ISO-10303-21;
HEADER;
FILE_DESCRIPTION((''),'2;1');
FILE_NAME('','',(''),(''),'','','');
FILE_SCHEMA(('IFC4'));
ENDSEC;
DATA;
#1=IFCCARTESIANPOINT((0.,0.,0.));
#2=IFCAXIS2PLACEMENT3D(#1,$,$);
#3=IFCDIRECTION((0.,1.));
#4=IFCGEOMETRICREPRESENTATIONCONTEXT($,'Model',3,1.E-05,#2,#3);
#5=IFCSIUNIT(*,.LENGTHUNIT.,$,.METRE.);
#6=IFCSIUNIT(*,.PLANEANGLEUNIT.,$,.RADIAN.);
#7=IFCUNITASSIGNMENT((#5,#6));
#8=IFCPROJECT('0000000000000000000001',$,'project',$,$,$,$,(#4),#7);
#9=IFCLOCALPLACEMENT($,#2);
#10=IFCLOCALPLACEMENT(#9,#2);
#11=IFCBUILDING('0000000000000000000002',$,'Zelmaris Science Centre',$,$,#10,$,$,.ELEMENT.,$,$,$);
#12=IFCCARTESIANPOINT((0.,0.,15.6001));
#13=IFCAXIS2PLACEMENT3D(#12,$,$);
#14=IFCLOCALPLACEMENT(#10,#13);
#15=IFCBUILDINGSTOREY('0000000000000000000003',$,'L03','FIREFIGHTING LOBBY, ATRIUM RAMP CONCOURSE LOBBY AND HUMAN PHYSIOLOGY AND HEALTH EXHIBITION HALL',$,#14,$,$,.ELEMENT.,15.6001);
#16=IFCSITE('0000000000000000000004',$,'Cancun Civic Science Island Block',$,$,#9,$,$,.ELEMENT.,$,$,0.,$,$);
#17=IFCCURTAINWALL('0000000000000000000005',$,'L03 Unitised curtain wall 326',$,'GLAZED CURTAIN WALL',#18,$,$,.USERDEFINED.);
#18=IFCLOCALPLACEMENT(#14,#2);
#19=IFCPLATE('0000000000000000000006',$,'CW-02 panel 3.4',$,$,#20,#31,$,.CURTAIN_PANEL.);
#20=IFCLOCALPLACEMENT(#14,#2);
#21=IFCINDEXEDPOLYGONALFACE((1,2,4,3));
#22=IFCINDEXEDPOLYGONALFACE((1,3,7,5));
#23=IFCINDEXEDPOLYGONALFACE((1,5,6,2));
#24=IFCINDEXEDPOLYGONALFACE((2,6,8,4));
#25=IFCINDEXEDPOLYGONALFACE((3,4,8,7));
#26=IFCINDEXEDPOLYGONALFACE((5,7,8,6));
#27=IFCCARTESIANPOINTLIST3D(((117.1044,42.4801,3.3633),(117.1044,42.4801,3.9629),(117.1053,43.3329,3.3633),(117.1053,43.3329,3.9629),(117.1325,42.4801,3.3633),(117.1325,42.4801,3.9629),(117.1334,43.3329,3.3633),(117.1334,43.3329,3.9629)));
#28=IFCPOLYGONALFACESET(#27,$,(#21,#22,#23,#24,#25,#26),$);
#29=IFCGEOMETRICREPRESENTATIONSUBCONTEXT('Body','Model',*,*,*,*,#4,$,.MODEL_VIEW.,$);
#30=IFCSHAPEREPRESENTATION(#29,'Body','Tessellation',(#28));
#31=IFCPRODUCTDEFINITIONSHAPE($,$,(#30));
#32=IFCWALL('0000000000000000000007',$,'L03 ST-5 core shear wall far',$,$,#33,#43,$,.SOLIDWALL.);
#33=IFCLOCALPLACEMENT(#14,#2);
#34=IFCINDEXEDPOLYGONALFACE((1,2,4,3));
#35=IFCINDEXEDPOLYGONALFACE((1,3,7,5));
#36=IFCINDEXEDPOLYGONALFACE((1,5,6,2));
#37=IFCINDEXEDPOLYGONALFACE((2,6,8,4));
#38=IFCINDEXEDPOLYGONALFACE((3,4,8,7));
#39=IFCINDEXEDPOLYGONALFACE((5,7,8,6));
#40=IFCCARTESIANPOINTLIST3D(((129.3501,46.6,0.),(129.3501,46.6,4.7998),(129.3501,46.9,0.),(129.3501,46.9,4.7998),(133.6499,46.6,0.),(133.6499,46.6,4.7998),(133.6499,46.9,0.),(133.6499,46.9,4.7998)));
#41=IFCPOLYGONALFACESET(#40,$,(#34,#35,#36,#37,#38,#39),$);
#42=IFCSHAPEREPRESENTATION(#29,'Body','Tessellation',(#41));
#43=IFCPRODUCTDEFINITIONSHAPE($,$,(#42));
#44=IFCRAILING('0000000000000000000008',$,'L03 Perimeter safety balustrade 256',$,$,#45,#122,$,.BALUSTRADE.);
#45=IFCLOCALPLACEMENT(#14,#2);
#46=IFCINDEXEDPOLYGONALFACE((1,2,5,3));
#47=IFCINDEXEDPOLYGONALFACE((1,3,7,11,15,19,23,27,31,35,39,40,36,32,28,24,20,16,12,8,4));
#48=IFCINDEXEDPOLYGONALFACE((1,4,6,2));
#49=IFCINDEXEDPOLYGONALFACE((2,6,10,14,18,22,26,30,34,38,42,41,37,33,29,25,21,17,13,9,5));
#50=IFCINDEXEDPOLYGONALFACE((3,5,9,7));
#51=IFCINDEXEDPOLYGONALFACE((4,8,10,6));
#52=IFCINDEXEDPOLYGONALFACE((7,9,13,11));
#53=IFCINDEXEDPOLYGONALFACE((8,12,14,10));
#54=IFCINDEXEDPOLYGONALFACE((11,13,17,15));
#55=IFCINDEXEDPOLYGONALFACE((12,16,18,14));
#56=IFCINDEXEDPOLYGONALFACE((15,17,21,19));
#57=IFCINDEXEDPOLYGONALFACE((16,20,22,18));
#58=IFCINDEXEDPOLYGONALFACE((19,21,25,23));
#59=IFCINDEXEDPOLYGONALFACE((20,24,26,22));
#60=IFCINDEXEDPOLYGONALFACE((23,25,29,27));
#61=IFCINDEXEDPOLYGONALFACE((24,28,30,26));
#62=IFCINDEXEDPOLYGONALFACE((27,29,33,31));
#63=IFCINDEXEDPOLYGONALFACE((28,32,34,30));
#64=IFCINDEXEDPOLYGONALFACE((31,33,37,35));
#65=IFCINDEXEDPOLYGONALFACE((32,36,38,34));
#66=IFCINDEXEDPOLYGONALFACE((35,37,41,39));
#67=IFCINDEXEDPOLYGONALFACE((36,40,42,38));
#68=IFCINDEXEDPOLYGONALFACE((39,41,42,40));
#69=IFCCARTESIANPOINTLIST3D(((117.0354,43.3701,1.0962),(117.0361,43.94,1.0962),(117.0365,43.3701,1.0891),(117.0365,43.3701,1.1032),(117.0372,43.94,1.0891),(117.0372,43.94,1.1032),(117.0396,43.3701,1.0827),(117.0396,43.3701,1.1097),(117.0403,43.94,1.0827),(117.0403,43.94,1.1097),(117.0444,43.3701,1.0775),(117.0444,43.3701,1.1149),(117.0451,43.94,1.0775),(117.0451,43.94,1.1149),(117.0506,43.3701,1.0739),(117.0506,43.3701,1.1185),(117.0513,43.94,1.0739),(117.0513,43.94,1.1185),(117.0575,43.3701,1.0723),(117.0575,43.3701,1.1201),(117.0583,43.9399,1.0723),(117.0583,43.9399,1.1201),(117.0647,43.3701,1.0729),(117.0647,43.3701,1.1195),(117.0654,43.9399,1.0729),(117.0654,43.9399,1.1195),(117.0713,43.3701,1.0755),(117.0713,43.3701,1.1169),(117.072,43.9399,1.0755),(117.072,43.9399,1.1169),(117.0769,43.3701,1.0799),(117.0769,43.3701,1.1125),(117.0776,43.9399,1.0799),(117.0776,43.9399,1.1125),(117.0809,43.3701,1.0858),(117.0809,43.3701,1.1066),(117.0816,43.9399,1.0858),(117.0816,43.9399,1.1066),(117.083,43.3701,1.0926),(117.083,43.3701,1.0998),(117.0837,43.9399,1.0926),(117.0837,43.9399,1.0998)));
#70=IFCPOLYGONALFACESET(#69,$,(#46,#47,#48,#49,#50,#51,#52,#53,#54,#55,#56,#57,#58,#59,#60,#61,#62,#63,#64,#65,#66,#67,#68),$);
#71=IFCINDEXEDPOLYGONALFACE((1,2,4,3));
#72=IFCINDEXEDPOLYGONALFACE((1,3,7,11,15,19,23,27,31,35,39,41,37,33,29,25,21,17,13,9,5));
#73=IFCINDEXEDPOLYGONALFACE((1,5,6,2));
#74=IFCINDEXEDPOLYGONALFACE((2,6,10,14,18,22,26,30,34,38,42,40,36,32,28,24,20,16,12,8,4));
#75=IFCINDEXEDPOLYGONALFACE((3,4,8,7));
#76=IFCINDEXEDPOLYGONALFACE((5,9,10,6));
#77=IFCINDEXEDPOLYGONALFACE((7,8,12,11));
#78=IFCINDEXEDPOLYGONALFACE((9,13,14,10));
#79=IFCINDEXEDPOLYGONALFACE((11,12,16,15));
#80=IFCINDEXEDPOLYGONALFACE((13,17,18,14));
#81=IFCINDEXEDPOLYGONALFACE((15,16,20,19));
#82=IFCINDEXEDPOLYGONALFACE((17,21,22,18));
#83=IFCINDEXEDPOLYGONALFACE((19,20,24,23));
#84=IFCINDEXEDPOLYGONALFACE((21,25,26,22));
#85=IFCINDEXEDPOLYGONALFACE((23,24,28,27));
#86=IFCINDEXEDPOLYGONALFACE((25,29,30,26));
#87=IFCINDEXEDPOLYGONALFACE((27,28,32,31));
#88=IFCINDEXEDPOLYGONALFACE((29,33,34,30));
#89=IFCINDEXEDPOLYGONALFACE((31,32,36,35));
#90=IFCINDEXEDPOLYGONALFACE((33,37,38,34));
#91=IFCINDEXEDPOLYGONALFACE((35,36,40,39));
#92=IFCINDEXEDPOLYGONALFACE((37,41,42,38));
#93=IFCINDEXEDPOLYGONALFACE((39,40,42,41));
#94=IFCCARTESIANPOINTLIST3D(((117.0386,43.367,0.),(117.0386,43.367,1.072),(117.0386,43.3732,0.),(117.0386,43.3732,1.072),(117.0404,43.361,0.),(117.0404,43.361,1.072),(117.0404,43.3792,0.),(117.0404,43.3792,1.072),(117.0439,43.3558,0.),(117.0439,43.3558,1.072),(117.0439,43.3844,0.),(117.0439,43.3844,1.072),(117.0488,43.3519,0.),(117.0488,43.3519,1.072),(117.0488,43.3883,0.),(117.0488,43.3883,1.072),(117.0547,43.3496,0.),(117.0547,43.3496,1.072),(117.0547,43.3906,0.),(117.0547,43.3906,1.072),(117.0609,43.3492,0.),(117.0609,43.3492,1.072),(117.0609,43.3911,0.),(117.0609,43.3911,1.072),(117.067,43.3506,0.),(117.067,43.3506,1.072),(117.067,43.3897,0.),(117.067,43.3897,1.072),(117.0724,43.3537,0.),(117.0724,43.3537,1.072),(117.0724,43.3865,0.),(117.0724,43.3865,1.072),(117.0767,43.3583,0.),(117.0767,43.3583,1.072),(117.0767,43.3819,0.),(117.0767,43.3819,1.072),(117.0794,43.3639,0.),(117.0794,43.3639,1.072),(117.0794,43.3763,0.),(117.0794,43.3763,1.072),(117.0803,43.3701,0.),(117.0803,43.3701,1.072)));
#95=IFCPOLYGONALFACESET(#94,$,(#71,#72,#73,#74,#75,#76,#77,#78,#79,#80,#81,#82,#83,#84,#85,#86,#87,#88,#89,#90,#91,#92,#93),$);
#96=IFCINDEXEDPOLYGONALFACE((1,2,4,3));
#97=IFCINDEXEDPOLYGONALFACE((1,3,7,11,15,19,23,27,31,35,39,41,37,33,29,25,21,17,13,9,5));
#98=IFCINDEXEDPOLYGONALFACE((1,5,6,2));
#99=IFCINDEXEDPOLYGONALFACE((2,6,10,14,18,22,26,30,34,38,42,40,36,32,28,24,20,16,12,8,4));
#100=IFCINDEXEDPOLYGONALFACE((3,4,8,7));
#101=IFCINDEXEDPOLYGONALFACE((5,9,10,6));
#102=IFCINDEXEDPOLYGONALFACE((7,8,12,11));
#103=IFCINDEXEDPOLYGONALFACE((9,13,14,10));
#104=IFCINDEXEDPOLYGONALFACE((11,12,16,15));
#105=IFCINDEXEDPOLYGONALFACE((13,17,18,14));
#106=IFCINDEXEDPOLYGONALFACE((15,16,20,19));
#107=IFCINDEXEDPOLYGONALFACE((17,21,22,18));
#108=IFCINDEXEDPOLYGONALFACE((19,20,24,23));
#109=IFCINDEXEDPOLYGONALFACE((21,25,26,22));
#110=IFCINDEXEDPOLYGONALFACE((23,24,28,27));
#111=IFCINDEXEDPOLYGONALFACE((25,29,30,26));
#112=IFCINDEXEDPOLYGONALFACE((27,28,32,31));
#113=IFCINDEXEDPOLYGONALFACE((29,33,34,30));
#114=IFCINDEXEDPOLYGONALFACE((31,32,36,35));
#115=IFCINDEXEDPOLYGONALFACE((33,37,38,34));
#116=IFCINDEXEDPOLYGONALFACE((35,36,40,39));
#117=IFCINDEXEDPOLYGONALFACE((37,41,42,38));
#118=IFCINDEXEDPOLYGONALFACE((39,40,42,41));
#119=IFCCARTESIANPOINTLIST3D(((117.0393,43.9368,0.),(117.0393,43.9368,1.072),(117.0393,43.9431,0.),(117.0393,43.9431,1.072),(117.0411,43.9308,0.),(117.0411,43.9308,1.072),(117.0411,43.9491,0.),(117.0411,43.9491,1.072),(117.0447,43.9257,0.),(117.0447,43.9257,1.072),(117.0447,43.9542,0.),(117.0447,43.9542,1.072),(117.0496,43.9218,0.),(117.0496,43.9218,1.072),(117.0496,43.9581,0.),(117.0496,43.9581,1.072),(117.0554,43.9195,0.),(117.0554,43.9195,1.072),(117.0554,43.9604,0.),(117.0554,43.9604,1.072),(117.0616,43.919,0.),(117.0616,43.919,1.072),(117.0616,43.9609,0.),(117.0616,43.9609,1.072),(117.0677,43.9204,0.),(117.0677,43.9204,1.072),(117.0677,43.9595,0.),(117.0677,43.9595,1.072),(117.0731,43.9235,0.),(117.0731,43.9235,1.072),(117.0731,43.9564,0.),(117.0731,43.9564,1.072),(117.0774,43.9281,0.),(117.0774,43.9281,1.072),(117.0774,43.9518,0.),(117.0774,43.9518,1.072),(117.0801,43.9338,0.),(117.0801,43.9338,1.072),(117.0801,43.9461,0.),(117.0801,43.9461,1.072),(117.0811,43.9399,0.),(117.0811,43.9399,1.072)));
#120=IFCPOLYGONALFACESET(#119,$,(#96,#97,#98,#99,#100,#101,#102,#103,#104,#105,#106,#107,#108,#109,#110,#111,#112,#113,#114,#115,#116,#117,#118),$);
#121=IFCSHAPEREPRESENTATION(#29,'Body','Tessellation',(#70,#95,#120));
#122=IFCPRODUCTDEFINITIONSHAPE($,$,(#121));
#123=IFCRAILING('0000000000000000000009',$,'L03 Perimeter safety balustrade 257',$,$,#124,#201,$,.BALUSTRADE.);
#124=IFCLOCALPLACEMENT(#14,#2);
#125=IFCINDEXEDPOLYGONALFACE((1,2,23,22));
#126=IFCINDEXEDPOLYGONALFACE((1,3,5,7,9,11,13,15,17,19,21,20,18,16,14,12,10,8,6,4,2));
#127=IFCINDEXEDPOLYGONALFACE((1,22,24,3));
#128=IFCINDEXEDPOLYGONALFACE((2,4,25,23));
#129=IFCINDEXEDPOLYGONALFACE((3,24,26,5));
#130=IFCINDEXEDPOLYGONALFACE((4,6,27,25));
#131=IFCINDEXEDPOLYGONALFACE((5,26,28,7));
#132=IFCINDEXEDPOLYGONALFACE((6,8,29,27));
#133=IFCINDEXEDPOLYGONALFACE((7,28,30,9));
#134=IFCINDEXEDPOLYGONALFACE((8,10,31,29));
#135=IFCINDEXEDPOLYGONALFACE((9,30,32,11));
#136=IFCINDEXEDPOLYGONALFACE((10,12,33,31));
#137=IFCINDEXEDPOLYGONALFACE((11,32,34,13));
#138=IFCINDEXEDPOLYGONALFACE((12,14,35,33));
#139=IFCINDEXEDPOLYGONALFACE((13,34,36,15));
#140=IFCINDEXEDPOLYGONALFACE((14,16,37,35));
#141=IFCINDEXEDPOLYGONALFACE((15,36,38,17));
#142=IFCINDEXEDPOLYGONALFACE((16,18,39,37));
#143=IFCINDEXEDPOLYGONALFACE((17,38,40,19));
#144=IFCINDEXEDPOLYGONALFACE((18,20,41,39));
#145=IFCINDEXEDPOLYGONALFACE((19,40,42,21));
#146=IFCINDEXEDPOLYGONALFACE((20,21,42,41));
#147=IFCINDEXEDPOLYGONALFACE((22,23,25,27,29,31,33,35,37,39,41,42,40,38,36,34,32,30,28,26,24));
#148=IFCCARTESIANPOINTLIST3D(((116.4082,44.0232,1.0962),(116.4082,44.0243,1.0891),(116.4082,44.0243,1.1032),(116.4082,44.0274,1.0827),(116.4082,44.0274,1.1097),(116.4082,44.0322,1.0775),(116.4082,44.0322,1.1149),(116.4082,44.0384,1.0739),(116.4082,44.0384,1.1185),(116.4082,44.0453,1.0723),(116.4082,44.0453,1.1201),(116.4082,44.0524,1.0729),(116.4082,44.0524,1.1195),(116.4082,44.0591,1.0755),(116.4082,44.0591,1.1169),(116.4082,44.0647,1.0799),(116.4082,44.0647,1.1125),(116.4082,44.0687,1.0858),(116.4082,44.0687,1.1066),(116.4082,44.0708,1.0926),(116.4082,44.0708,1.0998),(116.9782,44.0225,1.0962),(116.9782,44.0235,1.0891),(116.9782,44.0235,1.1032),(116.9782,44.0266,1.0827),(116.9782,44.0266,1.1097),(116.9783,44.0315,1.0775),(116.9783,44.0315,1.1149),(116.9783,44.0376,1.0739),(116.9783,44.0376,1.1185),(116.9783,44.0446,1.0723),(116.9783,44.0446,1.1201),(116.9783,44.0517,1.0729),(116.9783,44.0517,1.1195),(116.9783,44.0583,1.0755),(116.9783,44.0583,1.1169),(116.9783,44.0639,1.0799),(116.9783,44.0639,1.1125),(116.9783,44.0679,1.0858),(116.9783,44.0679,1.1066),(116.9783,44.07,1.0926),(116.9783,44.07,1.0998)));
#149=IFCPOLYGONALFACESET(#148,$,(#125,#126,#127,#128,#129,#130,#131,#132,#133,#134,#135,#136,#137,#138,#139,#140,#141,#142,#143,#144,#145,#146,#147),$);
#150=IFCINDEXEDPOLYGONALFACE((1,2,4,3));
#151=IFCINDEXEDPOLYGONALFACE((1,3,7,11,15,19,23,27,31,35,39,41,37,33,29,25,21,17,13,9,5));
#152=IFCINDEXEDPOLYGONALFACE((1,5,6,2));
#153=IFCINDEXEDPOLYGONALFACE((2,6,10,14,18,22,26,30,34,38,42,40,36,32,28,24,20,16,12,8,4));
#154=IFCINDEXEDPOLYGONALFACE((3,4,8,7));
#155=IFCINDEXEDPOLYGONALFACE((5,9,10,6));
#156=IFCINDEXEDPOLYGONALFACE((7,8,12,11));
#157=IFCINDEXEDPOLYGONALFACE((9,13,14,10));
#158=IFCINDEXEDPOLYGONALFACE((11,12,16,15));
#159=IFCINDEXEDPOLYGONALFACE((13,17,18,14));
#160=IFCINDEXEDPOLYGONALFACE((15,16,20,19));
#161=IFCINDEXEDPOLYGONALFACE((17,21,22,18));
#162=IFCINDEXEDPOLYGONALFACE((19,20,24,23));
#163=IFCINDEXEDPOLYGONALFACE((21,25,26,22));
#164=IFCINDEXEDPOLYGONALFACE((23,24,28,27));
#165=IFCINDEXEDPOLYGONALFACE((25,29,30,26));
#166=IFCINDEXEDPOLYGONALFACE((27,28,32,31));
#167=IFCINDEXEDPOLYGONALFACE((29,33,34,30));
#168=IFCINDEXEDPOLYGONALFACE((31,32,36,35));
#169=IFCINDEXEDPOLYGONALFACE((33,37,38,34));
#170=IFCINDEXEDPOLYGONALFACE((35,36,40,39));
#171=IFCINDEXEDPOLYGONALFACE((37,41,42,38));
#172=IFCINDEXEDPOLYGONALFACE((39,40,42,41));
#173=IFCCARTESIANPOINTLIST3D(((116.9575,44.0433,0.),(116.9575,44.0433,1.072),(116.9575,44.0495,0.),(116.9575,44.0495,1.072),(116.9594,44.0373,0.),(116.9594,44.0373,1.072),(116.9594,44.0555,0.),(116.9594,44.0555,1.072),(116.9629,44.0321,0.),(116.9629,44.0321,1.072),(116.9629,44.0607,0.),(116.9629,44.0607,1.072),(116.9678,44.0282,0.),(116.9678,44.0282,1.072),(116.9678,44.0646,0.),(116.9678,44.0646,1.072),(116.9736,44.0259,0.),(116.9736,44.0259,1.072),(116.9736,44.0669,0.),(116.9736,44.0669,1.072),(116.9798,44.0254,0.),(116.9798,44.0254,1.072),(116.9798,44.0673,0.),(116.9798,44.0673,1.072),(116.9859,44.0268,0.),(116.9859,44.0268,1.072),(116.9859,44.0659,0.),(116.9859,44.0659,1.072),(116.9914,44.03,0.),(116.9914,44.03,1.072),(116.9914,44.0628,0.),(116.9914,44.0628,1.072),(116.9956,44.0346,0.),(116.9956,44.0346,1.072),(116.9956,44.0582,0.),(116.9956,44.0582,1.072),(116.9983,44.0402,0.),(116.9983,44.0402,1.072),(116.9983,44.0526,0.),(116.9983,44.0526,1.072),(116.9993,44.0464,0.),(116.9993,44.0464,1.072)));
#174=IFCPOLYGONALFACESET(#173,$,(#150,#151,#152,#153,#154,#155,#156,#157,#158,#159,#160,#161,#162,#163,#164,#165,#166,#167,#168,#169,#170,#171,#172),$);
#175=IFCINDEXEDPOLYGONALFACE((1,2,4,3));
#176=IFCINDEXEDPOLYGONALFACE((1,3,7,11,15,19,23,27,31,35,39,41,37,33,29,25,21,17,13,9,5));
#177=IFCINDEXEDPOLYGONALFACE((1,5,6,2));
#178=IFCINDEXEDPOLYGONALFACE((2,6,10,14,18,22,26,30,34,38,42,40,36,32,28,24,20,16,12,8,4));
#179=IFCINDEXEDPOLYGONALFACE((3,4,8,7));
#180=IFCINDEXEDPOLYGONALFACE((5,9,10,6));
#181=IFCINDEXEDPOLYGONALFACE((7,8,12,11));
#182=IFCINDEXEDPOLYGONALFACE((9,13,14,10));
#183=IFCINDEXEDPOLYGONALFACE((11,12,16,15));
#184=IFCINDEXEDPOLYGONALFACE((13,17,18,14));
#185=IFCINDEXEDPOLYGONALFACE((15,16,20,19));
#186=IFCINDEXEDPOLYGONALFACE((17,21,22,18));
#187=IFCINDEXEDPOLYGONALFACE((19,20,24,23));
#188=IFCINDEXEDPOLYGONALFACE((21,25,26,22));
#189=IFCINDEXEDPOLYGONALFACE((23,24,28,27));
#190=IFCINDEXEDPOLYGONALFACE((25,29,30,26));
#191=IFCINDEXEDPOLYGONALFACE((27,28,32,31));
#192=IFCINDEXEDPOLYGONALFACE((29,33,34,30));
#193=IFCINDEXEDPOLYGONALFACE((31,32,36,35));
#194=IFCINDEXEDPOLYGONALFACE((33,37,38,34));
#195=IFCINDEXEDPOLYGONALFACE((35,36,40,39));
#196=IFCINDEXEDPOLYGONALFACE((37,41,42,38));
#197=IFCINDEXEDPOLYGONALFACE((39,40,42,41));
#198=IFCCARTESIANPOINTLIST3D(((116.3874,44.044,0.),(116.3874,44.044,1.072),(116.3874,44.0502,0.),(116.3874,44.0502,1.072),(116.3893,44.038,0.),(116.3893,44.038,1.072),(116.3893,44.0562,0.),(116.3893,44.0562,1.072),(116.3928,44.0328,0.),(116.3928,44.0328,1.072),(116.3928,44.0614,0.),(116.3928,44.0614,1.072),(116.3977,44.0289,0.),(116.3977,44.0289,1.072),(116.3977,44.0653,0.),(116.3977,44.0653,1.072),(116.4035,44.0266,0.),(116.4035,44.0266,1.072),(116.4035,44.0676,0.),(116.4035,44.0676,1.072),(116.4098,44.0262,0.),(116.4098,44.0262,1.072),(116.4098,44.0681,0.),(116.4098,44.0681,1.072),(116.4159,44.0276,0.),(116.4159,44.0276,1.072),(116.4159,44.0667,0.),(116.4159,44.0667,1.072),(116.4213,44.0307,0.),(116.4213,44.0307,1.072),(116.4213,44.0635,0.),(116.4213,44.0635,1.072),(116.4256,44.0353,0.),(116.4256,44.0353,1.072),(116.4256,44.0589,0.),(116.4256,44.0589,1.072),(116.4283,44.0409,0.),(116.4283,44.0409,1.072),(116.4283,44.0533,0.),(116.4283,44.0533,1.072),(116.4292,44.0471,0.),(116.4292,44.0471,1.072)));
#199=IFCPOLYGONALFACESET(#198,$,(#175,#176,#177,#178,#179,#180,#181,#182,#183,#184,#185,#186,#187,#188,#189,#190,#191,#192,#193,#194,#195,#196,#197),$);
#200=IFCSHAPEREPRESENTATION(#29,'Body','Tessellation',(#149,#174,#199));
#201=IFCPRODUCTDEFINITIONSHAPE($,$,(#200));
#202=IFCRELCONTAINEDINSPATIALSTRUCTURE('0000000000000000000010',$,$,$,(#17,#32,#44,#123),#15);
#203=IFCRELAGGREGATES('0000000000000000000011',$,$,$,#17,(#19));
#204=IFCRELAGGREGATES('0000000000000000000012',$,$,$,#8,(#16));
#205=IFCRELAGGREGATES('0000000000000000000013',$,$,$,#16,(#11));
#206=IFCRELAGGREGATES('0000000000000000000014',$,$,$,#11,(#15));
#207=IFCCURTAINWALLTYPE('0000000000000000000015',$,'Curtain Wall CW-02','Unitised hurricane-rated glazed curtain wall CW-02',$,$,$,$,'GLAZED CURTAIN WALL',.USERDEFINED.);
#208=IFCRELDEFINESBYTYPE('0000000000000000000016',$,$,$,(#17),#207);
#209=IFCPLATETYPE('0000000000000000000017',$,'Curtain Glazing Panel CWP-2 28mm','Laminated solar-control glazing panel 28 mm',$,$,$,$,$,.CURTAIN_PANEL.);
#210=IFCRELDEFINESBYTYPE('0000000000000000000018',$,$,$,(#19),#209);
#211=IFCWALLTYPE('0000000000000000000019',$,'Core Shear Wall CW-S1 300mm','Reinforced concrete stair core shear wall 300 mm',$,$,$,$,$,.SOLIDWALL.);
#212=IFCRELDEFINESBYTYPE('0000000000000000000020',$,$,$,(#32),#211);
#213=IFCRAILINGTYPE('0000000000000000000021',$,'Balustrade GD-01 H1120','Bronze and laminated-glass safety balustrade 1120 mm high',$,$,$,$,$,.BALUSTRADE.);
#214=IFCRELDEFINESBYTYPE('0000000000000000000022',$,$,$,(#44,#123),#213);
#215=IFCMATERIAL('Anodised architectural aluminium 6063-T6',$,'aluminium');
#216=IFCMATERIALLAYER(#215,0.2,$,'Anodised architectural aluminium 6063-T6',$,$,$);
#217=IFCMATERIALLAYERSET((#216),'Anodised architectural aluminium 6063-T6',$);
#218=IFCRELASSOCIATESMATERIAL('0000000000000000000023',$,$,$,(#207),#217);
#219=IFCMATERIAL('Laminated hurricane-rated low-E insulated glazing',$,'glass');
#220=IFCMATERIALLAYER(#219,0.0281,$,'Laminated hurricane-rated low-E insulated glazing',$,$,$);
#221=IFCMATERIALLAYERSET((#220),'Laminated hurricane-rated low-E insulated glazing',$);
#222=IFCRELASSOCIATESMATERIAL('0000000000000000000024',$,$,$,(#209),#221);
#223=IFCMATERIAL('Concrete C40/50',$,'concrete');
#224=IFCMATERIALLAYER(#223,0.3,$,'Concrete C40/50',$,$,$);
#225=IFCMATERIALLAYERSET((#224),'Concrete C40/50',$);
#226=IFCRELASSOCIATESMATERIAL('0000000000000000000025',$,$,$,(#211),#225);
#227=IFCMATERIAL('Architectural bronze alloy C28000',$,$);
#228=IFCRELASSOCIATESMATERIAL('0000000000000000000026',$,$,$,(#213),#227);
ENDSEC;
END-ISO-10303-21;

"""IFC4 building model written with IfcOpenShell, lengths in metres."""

from ifc_helpers import new_model, si_unit, direction, frame, frame_2d, origin, origin_2d, place, context, subcontext, project, spatial, rectangle, circle, extrude, material, layer, layer_set, type_object, element, aggregate, save


model = new_model("IFC4")

# Units and contexts
model_context = context("Model", 3, precision=1e-05, world=origin(), true_north=direction((0.0, 1.0)))
body_context = subcontext(model_context, "Body", "Model", "MODEL_VIEW")
ifc_project = project(units=[si_unit("LENGTHUNIT", "METRE"), si_unit("PLANEANGLEUNIT", "RADIAN")], contexts=[model_context])

# Site, building, storey
site_placement = place(None, origin())
site = spatial("IfcSite", under=ifc_project, at=site_placement, Name="Cancun Civic Science Island Block", CompositionType="ELEMENT", RefElevation=0.0)
building_placement = place(site_placement, origin())
building = spatial("IfcBuilding", under=site, at=building_placement, Name="Zelmaris Science Centre", CompositionType="ELEMENT")
storey_placement = place(building_placement, frame((0.0, 0.0, 15.6001)))
storey = spatial("IfcBuildingStorey", under=building, at=storey_placement, Name="L03", Description="FIREFIGHTING LOBBY, ATRIUM RAMP CONCOURSE LOBBY AND HUMAN PHYSIOLOGY AND HEALTH EXHIBITION HALL", CompositionType="ELEMENT", Elevation=15.6001)

# Shared definitions
ifc_material_1 = material(Name="Anodised architectural aluminium 6063-T6", Category="aluminium")

# Shared definitions
ifc_layer_1 = layer(ifc_material_1, 0.2, Name="Anodised architectural aluminium 6063-T6")
ifc_layer_set_1 = layer_set([ifc_layer_1], Name="Anodised architectural aluminium 6063-T6")
curtain_wall_type_1 = type_object("IfcCurtainWallType", Name="Curtain Wall CW-02", Description="Unitised hurricane-rated glazed curtain wall CW-02", ElementType="GLAZED CURTAIN WALL", PredefinedType="USERDEFINED", material=ifc_layer_set_1)

# Curtain wall
curtain_wall_1_placement = place(storey_placement, origin())
curtain_wall_1 = element("IfcCurtainWall", 1, at=curtain_wall_1_placement, inside=storey, type_object=curtain_wall_type_1, Name="L03 Unitised curtain wall 326", ObjectType="GLAZED CURTAIN WALL", PredefinedType="USERDEFINED")

# Plate
ifc_material_2 = material(Name="Laminated hurricane-rated low-E insulated glazing", Category="glass")
ifc_layer_2 = layer(ifc_material_2, 0.0281, Name="Laminated hurricane-rated low-E insulated glazing")
ifc_layer_set_2 = layer_set([ifc_layer_2], Name="Laminated hurricane-rated low-E insulated glazing")
plate_type = type_object("IfcPlateType", Name="Curtain Glazing Panel CWP-2 28mm", Description="Laminated solar-control glazing panel 28 mm", PredefinedType="CURTAIN_PANEL", material=ifc_layer_set_2)
plate_1_placement = place(storey_placement, frame((117.1189, 42.9065, 3.3633), z_axis=(0.0, 0.0, 1.0), x_axis=(0.001014, 0.999999, 0.0)))
plate_1 = element("IfcPlate", 2, at=plate_1_placement, type_object=plate_type, Name="CW-02 panel 3.4", PredefinedType="CURTAIN_PANEL", context=body_context, shape_type="SweptSolid", body=[
    extrude(rectangle(XDim=0.8528, YDim=0.0281, at=origin_2d()), origin(), (0.0, 0.0, 1.0), 0.5996),
])
aggregate(curtain_wall_1, [plate_1])

# Wall
ifc_material_3 = material(Name="Concrete C40/50", Category="concrete")
ifc_layer_3 = layer(ifc_material_3, 0.3, Name="Concrete C40/50")
ifc_layer_set_3 = layer_set([ifc_layer_3], Name="Concrete C40/50")
wall_type = type_object("IfcWallType", Name="Core Shear Wall CW-S1 300mm", Description="Reinforced concrete stair core shear wall 300 mm", PredefinedType="SOLIDWALL", material=ifc_layer_set_3)
wall_placement = place(storey_placement, frame((133.6499, 46.75, 0.0), z_axis=(0.0, 0.0, 1.0), x_axis=(-1.0, 0.0, 0.0)))
element("IfcWall", 3, at=wall_placement, inside=storey, type_object=wall_type, Name="L03 ST-5 core shear wall far", PredefinedType="SOLIDWALL", context=body_context, shape_type="SweptSolid", body=[
    extrude(rectangle(XDim=4.2998, YDim=0.3, at=frame_2d((2.1499, 0.0))), origin(), (0.0, 0.0, 1.0), 4.7998),
])

# Railings
ifc_material_4 = material(Name="Architectural bronze alloy C28000")
railing_type = type_object("IfcRailingType", Name="Balustrade GD-01 H1120", Description="Bronze and laminated-glass safety balustrade 1120 mm high", PredefinedType="BALUSTRADE", material=ifc_material_4)
railing_1_placement = place(storey_placement, frame((117.0593, 43.3701, 0.0)))
element("IfcRailing", 4, at=railing_1_placement, inside=storey, type_object=railing_type, Name="L03 Perimeter safety balustrade 256", PredefinedType="BALUSTRADE", context=body_context, shape_type="SweptSolid", body=[
    extrude(circle(Radius=0.0239, at=origin_2d()), frame((0.0, 0.0, 1.0962), z_axis=(0.001285, 0.999999, 0.0), x_axis=(-0.999999, 0.001285, 0.0)), (0.0, 0.0, 1.0), 0.5698),
    extrude(circle(Radius=0.021, at=origin_2d()), origin(), (0.0, 0.0, 1.0), 1.072),
    extrude(circle(Radius=0.021, at=origin_2d()), frame((0.0007, 0.5698, 0.0)), (0.0, 0.0, 1.0), 1.072),
])
railing_2_placement = place(storey_placement, frame((116.9783, 44.0464, 0.0)))
element("IfcRailing", 5, at=railing_2_placement, inside=storey, type_object=railing_type, Name="L03 Perimeter safety balustrade 257", PredefinedType="BALUSTRADE", context=body_context, shape_type="SweptSolid", body=[
    extrude(circle(Radius=0.0239, at=origin_2d()), frame((0.0, 0.0, 1.0962), z_axis=(-0.999999, 0.001285, 0.0), x_axis=(-0.001285, -0.999999, 0.0)), (0.0, 0.0, 1.0), 0.5701),
    extrude(circle(Radius=0.021, at=origin_2d()), origin(), (0.0, 0.0, 1.0), 1.072),
    extrude(circle(Radius=0.021, at=origin_2d()), frame((-0.5701, 0.0007, 0.0)), (0.0, 0.0, 1.0), 1.072),
])

save(model, "model.ifc")
